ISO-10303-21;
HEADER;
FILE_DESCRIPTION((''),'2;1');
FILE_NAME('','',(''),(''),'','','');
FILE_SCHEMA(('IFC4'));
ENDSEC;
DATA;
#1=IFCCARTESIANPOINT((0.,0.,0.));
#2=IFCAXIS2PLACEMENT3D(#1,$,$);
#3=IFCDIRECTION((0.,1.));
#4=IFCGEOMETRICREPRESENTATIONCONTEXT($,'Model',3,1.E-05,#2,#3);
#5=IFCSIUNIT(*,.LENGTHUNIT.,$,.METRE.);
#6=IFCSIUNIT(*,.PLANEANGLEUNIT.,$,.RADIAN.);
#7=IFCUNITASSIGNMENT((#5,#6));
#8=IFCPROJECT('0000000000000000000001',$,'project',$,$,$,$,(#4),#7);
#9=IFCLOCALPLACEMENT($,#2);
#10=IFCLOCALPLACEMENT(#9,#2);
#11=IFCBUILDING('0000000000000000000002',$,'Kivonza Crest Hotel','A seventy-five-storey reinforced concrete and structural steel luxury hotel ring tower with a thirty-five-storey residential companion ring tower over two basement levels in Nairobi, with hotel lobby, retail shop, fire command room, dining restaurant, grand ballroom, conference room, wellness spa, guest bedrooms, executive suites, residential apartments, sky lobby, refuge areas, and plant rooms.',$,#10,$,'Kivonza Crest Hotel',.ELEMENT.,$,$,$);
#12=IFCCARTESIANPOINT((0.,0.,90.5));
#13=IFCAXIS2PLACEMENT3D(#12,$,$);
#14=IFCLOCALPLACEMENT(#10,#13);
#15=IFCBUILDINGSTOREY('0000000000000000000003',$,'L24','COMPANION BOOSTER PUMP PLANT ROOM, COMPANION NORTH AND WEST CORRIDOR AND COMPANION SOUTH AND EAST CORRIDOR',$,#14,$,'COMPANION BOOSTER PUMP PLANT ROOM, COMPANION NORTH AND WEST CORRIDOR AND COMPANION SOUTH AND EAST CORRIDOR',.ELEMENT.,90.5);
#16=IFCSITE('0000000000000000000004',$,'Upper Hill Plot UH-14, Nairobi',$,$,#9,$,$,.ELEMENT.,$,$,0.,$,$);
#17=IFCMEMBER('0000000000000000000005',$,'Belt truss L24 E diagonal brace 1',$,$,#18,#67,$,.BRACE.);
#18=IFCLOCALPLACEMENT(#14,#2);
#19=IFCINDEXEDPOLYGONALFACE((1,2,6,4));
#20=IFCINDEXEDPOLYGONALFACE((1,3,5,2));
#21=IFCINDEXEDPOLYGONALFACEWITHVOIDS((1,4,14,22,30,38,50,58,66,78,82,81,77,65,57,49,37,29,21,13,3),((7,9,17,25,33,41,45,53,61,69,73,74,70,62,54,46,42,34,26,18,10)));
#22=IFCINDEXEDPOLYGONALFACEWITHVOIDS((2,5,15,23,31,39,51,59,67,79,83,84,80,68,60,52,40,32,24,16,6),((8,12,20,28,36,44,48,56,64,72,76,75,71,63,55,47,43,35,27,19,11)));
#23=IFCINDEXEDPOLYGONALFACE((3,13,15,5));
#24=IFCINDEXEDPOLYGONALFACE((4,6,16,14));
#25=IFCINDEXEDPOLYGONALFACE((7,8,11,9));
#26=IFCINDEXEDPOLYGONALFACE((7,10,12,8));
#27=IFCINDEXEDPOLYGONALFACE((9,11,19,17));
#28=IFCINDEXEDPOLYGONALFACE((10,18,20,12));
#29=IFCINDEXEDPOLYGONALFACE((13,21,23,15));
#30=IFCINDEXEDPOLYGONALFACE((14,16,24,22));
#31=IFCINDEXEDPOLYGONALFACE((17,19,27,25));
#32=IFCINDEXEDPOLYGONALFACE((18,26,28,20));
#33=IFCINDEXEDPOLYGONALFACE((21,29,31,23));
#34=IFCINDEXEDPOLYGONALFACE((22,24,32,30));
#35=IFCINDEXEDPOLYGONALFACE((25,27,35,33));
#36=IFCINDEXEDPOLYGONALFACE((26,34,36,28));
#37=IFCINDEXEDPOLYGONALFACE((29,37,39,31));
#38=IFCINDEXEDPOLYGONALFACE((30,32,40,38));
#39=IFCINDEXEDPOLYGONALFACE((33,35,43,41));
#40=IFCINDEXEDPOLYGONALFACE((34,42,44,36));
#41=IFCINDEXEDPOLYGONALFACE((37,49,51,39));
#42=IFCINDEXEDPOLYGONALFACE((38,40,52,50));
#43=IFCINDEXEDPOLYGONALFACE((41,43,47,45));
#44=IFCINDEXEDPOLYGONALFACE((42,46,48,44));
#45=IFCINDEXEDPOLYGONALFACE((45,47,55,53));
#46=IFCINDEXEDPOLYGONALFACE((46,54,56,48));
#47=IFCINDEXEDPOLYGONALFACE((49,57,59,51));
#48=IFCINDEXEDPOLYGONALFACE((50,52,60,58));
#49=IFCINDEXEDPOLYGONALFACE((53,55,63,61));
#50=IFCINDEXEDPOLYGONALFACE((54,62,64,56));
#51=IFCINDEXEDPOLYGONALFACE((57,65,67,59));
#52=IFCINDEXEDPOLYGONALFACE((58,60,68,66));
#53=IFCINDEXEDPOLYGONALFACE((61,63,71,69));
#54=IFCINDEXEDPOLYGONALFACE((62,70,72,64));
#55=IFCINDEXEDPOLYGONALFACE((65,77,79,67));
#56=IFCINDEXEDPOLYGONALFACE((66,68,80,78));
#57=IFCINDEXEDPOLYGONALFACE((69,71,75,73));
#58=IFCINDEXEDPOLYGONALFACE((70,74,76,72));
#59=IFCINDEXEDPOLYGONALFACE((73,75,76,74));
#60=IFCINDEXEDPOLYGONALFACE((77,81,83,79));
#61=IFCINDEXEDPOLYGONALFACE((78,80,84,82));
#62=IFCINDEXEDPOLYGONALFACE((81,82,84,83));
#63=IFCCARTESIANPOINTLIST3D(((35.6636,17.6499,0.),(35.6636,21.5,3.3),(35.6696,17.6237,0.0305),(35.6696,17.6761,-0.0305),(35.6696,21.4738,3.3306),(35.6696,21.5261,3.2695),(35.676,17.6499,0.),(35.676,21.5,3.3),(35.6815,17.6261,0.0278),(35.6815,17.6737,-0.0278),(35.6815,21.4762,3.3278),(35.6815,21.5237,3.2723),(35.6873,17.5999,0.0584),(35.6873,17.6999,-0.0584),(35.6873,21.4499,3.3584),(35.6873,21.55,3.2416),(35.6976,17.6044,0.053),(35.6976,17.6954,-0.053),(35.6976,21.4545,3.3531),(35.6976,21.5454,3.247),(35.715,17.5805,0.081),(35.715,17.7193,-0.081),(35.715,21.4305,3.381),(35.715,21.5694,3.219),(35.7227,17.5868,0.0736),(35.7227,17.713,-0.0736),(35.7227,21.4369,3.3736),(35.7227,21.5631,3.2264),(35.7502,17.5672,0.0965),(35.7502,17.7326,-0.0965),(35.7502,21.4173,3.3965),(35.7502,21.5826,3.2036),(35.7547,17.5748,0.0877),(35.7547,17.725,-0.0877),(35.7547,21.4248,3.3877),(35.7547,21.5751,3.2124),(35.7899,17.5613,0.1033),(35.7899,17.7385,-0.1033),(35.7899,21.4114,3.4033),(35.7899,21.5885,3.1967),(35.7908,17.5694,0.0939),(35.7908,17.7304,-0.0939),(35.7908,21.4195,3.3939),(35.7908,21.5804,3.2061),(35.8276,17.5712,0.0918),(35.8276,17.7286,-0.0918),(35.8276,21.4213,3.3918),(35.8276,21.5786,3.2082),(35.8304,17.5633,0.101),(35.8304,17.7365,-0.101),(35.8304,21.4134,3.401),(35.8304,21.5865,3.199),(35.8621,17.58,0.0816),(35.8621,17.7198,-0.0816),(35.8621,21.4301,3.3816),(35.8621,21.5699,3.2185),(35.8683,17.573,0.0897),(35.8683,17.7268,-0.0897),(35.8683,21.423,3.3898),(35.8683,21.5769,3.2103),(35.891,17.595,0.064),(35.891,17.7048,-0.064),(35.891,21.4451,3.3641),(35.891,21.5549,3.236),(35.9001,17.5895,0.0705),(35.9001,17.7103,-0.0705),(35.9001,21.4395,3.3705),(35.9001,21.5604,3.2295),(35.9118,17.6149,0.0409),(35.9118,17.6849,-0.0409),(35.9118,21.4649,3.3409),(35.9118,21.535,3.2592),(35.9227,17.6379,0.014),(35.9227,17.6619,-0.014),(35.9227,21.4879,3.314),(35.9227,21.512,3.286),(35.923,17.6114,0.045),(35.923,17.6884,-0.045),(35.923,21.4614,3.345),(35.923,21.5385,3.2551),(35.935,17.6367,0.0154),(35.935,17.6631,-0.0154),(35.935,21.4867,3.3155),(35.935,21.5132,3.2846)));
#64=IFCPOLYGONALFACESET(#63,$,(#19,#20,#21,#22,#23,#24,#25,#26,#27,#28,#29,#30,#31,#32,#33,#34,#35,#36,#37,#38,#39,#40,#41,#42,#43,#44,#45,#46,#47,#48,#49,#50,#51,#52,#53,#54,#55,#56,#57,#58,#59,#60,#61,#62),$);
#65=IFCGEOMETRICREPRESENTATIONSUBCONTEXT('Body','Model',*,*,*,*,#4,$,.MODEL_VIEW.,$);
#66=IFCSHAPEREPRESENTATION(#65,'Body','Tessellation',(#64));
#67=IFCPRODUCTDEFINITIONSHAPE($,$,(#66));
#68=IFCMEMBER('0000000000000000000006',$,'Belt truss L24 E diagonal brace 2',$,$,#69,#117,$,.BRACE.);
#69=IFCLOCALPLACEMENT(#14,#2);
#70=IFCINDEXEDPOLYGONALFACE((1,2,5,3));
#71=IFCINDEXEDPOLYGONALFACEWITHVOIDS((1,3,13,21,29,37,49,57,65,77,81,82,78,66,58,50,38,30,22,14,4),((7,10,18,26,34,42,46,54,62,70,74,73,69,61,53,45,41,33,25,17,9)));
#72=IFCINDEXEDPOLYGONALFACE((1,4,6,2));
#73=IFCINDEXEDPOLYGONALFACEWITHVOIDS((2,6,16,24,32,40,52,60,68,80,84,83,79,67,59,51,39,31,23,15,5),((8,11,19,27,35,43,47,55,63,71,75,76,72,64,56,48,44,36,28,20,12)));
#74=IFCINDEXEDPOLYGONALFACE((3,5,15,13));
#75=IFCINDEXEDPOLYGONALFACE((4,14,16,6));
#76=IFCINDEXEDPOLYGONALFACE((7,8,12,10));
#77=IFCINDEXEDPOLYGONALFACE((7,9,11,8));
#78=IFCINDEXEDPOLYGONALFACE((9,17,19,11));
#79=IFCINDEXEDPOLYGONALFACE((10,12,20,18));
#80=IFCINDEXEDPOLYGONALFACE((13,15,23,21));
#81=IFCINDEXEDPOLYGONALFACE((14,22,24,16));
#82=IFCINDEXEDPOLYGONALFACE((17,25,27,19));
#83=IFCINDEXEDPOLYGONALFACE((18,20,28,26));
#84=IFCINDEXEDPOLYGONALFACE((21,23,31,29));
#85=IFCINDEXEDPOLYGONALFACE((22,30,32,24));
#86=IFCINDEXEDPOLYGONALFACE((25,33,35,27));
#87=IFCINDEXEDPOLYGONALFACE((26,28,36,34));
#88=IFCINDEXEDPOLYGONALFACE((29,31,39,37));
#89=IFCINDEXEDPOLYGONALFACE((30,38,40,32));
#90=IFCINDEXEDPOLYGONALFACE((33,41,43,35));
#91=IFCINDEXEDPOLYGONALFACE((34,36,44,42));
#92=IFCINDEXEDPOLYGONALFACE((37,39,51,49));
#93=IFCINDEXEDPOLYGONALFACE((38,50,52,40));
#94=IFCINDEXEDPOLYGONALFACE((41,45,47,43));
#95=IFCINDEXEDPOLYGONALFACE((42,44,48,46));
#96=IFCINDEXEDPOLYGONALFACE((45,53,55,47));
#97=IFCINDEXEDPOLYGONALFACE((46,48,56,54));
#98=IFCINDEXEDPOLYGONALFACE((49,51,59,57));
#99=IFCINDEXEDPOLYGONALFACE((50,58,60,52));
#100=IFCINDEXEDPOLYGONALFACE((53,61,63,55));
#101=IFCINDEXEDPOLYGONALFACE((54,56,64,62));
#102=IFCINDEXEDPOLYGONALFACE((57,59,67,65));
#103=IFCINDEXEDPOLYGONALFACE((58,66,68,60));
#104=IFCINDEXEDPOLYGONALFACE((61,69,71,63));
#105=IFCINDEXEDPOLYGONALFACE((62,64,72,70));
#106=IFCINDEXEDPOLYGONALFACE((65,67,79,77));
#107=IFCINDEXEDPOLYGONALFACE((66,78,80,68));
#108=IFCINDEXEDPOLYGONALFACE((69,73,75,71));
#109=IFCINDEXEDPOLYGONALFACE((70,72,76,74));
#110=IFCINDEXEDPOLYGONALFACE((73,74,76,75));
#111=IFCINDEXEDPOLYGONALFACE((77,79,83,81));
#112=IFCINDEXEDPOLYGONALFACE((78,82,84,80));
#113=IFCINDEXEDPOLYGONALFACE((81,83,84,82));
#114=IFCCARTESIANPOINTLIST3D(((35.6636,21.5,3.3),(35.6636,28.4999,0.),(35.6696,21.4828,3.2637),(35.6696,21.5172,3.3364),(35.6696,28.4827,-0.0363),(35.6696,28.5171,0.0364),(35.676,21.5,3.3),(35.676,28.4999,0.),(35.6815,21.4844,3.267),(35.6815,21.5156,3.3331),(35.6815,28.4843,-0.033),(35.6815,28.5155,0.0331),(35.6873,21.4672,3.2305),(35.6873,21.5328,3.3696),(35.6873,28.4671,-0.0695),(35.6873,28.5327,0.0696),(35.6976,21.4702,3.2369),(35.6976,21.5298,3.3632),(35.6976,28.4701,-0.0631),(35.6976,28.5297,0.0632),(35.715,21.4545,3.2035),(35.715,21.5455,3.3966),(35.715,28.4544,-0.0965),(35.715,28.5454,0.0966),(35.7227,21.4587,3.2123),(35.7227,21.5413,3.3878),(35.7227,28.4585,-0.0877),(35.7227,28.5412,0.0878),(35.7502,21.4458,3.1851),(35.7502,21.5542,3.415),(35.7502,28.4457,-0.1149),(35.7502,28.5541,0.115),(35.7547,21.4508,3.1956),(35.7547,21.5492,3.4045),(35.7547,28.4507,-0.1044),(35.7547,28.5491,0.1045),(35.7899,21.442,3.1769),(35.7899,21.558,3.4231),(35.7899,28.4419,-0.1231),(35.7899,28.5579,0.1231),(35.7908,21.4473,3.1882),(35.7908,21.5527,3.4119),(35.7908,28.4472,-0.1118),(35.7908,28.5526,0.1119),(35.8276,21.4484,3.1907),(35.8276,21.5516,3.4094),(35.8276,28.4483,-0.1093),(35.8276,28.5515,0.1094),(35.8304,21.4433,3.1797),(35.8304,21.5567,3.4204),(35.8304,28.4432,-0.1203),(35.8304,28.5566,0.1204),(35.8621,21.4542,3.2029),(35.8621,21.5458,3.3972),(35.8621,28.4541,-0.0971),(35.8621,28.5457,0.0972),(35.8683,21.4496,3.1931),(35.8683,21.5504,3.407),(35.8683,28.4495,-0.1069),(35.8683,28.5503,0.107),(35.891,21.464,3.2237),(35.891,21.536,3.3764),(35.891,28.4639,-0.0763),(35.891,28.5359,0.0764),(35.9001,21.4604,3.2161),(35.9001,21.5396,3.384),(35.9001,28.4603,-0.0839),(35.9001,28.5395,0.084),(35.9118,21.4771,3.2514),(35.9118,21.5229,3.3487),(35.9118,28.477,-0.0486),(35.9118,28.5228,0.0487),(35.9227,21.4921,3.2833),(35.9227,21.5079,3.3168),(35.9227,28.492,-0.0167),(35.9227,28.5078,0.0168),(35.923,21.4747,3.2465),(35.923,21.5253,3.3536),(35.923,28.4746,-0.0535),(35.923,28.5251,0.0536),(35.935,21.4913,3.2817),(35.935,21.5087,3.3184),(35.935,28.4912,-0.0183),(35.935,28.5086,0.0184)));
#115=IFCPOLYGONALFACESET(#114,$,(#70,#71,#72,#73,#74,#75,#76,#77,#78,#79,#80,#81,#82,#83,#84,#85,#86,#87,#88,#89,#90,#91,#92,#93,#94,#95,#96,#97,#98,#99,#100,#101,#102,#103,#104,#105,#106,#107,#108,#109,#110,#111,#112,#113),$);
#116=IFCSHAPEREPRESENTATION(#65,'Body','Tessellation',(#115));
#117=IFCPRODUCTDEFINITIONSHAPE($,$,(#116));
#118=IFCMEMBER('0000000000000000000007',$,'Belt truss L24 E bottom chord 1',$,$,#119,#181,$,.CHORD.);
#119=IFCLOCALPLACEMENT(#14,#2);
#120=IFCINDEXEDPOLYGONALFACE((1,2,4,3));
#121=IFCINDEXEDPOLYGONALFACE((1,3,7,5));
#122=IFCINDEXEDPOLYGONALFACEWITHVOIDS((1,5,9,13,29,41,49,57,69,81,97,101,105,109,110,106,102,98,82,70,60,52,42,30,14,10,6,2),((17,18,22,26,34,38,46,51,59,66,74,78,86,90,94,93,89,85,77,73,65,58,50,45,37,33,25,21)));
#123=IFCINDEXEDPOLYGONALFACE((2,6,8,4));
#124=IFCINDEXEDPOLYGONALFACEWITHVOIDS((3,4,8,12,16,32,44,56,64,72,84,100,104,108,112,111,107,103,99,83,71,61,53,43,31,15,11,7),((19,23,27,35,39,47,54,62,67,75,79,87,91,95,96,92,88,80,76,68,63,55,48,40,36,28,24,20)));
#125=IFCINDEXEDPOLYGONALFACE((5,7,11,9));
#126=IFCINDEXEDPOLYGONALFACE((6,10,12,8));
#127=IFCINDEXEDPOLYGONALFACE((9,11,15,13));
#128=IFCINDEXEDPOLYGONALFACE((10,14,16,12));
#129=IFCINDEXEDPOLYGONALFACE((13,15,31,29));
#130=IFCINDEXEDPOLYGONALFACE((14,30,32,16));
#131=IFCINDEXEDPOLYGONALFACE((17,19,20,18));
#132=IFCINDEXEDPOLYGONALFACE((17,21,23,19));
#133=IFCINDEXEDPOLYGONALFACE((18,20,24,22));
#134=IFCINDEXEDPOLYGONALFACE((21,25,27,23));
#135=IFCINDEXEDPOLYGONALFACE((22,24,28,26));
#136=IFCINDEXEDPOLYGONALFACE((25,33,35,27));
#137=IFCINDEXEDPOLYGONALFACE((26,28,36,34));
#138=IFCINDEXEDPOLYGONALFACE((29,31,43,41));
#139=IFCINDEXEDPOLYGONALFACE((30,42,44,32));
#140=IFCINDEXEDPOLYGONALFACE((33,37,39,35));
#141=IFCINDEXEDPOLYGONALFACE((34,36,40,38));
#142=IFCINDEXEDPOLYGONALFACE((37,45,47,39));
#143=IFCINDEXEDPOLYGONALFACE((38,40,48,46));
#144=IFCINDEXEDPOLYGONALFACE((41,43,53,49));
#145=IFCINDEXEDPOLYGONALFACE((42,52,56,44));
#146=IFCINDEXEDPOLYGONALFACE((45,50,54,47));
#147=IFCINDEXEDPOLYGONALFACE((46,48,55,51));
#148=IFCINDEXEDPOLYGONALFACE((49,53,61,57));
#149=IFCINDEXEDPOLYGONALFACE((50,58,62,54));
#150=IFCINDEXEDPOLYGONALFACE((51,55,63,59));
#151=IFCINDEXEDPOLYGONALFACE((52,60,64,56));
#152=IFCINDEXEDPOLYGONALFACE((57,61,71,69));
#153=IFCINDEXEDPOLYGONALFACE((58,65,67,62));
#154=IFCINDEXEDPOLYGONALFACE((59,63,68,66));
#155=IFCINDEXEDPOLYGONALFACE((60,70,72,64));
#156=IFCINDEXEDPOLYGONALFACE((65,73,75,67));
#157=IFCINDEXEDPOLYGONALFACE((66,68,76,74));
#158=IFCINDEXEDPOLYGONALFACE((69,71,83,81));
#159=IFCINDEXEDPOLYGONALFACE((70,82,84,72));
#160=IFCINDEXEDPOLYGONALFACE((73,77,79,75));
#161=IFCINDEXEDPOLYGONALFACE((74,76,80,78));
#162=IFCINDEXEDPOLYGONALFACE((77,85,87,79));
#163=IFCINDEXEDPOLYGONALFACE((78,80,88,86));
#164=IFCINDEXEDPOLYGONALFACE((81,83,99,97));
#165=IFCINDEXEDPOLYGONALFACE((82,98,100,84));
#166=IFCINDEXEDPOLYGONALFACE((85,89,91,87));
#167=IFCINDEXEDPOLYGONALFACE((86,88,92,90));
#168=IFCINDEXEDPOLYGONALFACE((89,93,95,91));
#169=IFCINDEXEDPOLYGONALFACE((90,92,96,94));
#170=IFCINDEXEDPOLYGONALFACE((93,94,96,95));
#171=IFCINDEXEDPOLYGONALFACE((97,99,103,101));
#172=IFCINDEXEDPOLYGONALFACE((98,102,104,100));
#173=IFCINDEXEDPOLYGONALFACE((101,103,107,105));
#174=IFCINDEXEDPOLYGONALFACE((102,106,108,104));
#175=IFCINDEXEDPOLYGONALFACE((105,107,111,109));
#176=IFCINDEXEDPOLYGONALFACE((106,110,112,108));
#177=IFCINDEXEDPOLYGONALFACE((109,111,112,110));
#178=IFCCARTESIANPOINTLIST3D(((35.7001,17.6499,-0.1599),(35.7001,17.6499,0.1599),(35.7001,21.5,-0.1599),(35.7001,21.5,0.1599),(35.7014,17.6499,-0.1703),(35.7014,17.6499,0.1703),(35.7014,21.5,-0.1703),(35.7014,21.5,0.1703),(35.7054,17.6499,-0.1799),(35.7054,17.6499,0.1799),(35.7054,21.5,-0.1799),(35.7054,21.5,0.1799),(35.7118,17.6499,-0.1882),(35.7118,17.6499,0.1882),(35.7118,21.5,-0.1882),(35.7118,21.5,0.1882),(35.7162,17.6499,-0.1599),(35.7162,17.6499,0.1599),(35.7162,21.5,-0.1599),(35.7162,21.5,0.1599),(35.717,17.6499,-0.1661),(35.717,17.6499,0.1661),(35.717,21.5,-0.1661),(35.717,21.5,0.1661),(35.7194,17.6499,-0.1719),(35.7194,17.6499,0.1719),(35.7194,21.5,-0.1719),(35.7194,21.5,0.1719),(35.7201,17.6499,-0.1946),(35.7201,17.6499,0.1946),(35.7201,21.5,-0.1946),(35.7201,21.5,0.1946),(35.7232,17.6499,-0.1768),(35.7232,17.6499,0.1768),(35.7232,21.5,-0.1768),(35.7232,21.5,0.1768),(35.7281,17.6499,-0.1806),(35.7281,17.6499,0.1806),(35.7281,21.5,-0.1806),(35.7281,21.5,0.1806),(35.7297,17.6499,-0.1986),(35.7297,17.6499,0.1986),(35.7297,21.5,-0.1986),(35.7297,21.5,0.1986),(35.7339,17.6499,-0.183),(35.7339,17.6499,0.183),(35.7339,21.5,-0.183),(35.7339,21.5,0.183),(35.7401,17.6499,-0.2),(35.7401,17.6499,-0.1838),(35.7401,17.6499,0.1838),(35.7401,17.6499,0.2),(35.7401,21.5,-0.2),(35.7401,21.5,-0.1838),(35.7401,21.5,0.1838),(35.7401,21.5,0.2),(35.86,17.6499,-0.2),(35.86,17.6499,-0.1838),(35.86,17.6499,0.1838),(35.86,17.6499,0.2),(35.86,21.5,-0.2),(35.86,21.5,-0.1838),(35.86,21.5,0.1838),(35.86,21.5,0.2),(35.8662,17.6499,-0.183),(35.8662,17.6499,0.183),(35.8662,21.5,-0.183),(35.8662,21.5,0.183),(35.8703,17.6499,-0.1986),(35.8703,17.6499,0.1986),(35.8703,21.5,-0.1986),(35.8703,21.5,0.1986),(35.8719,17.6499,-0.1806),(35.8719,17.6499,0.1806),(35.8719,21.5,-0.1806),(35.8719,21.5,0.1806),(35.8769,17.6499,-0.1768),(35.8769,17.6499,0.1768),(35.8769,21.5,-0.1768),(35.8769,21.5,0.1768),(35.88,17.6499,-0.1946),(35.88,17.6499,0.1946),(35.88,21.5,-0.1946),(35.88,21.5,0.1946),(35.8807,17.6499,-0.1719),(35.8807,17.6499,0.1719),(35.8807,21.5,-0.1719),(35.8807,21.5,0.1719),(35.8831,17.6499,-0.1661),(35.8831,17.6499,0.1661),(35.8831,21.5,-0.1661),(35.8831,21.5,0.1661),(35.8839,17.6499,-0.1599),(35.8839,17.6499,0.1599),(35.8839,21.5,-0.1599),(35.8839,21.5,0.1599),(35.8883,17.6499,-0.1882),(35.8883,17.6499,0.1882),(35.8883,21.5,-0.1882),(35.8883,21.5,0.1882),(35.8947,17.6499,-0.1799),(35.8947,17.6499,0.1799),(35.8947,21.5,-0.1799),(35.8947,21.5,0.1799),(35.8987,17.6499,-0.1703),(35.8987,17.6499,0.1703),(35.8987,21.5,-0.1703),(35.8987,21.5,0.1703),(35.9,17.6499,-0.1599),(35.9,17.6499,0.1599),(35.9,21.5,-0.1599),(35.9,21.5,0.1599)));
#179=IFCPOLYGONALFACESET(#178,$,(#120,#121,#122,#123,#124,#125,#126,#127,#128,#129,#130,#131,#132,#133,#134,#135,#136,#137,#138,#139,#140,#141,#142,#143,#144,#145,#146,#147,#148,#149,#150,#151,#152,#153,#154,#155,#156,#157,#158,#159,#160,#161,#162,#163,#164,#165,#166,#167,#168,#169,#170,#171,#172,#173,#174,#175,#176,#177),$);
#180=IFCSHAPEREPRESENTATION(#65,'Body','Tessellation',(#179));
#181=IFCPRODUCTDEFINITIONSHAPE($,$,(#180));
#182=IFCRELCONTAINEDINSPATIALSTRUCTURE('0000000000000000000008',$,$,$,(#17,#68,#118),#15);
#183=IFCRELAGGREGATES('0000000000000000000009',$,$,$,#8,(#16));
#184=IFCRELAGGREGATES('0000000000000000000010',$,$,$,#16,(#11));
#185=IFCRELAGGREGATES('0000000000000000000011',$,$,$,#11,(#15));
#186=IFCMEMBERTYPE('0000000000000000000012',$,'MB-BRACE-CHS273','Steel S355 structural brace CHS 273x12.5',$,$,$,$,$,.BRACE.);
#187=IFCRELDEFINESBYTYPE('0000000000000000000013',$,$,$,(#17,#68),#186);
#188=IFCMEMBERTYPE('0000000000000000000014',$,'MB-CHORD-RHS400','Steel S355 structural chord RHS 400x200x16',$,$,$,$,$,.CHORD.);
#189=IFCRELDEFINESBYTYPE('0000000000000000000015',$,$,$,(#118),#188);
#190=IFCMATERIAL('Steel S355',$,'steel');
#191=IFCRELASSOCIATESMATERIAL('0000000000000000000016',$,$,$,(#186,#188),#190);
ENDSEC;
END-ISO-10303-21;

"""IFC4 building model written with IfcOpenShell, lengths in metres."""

from ifc_helpers import new_model, si_unit, direction, frame, origin, origin_2d, place, context, subcontext, project, spatial, hollow_rectangle, hollow_circle, extrude, material, material_profile, profile_set, type_object, element, save


model = new_model("IFC4")

# Units and contexts
model_context = context("Model", 3, precision=1e-05, world=origin(), true_north=direction((0.0, 1.0)))
body_context = subcontext(model_context, "Body", "Model", "MODEL_VIEW")
ifc_project = project(units=[si_unit("LENGTHUNIT", "METRE"), si_unit("PLANEANGLEUNIT", "RADIAN")], contexts=[model_context])

# Site, building, storey
site_placement = place(None, origin())
site = spatial("IfcSite", under=ifc_project, at=site_placement, Name="Upper Hill Plot UH-14, Nairobi", CompositionType="ELEMENT", RefElevation=0.0)
building_placement = place(site_placement, origin())
building = spatial("IfcBuilding", under=site, at=building_placement, Name="Kivonza Crest Hotel", Description="A seventy-five-storey reinforced concrete and structural steel luxury hotel ring tower with a thirty-five-storey residential companion ring tower over two basement levels in Nairobi, with hotel lobby, retail shop, fire command room, dining restaurant, grand ballroom, conference room, wellness spa, guest bedrooms, executive suites, residential apartments, sky lobby, refuge areas, and plant rooms.", LongName="Kivonza Crest Hotel", CompositionType="ELEMENT")
storey_placement = place(building_placement, frame((0.0, 0.0, 90.5)))
storey = spatial("IfcBuildingStorey", under=building, at=storey_placement, Name="L24", Description="COMPANION BOOSTER PUMP PLANT ROOM, COMPANION NORTH AND WEST CORRIDOR AND COMPANION SOUTH AND EAST CORRIDOR", LongName="COMPANION BOOSTER PUMP PLANT ROOM, COMPANION NORTH AND WEST CORRIDOR AND COMPANION SOUTH AND EAST CORRIDOR", CompositionType="ELEMENT", Elevation=90.5)

# Shared definitions
ifc_material_1 = material(Name="Steel S355", Category="steel")

# Members
ifc_material_profile_1 = material_profile(ifc_material_1, hollow_circle(Radius=0.1365, WallThickness=0.0125, at=origin_2d()), Name="CHS 273x12.5")
ifc_profile_set_1 = profile_set([ifc_material_profile_1], Name="Steel S355")
member_type_1 = type_object("IfcMemberType", Name="MB-BRACE-CHS273", Description="Steel S355 structural brace CHS 273x12.5", PredefinedType="BRACE", material=ifc_profile_set_1)
member_1_placement = place(storey_placement, frame((35.8, 17.6499, 0.0), z_axis=(0.0, 0.75926, 0.650787), x_axis=(-1.0, 0.0, 0.0)))
element("IfcMember", 1, at=member_1_placement, inside=storey, type_object=member_type_1, Name="Belt truss L24 E diagonal brace 1", PredefinedType="BRACE", context=body_context, shape_type="SweptSolid", body=[
    extrude(hollow_circle(Radius=0.1365, WallThickness=0.0125, at=origin_2d()), origin(), (0.0, 0.0, 1.0), 5.0708),
])
member_2_placement = place(storey_placement, frame((35.8, 21.5, 3.3), z_axis=(0.0, 0.904523, -0.426424), x_axis=(-1.0, 0.0, 0.0)))
element("IfcMember", 2, at=member_2_placement, inside=storey, type_object=member_type_1, Name="Belt truss L24 E diagonal brace 2", PredefinedType="BRACE", context=body_context, shape_type="SweptSolid", body=[
    extrude(hollow_circle(Radius=0.1365, WallThickness=0.0125, at=origin_2d()), origin(), (0.0, 0.0, 1.0), 7.7388),
])
ifc_material_profile_2 = material_profile(ifc_material_1, hollow_rectangle(XDim=0.2, YDim=0.3999, WallThickness=0.0161, InnerFilletRadius=0.0239, OuterFilletRadius=0.04, at=origin_2d()), Name="RHS 400x200x16")
ifc_profile_set_2 = profile_set([ifc_material_profile_2], Name="Steel S355")
member_type_2 = type_object("IfcMemberType", Name="MB-CHORD-RHS400", Description="Steel S355 structural chord RHS 400x200x16", PredefinedType="CHORD", material=ifc_profile_set_2)
for number, where, z_axis, x_axis, name in (
    (3, (35.8, 17.6499, 0.0), (0.0, 1.0, 0.0), (-1.0, 0.0, 0.0), "Belt truss L24 E bottom chord 1"),
):
    element("IfcMember", number, at=place(storey_placement, frame(where, z_axis=z_axis, x_axis=x_axis)), inside=storey, type_object=member_type_2, Name=name, PredefinedType="CHORD", context=body_context, shape_type="SweptSolid", body=[
        extrude(hollow_rectangle(XDim=0.2, YDim=0.3999, WallThickness=0.0161, InnerFilletRadius=0.0239, OuterFilletRadius=0.04, at=origin_2d()), origin(), (0.0, 0.0, 1.0), 3.8501),
    ])

save(model, "model.ifc")
